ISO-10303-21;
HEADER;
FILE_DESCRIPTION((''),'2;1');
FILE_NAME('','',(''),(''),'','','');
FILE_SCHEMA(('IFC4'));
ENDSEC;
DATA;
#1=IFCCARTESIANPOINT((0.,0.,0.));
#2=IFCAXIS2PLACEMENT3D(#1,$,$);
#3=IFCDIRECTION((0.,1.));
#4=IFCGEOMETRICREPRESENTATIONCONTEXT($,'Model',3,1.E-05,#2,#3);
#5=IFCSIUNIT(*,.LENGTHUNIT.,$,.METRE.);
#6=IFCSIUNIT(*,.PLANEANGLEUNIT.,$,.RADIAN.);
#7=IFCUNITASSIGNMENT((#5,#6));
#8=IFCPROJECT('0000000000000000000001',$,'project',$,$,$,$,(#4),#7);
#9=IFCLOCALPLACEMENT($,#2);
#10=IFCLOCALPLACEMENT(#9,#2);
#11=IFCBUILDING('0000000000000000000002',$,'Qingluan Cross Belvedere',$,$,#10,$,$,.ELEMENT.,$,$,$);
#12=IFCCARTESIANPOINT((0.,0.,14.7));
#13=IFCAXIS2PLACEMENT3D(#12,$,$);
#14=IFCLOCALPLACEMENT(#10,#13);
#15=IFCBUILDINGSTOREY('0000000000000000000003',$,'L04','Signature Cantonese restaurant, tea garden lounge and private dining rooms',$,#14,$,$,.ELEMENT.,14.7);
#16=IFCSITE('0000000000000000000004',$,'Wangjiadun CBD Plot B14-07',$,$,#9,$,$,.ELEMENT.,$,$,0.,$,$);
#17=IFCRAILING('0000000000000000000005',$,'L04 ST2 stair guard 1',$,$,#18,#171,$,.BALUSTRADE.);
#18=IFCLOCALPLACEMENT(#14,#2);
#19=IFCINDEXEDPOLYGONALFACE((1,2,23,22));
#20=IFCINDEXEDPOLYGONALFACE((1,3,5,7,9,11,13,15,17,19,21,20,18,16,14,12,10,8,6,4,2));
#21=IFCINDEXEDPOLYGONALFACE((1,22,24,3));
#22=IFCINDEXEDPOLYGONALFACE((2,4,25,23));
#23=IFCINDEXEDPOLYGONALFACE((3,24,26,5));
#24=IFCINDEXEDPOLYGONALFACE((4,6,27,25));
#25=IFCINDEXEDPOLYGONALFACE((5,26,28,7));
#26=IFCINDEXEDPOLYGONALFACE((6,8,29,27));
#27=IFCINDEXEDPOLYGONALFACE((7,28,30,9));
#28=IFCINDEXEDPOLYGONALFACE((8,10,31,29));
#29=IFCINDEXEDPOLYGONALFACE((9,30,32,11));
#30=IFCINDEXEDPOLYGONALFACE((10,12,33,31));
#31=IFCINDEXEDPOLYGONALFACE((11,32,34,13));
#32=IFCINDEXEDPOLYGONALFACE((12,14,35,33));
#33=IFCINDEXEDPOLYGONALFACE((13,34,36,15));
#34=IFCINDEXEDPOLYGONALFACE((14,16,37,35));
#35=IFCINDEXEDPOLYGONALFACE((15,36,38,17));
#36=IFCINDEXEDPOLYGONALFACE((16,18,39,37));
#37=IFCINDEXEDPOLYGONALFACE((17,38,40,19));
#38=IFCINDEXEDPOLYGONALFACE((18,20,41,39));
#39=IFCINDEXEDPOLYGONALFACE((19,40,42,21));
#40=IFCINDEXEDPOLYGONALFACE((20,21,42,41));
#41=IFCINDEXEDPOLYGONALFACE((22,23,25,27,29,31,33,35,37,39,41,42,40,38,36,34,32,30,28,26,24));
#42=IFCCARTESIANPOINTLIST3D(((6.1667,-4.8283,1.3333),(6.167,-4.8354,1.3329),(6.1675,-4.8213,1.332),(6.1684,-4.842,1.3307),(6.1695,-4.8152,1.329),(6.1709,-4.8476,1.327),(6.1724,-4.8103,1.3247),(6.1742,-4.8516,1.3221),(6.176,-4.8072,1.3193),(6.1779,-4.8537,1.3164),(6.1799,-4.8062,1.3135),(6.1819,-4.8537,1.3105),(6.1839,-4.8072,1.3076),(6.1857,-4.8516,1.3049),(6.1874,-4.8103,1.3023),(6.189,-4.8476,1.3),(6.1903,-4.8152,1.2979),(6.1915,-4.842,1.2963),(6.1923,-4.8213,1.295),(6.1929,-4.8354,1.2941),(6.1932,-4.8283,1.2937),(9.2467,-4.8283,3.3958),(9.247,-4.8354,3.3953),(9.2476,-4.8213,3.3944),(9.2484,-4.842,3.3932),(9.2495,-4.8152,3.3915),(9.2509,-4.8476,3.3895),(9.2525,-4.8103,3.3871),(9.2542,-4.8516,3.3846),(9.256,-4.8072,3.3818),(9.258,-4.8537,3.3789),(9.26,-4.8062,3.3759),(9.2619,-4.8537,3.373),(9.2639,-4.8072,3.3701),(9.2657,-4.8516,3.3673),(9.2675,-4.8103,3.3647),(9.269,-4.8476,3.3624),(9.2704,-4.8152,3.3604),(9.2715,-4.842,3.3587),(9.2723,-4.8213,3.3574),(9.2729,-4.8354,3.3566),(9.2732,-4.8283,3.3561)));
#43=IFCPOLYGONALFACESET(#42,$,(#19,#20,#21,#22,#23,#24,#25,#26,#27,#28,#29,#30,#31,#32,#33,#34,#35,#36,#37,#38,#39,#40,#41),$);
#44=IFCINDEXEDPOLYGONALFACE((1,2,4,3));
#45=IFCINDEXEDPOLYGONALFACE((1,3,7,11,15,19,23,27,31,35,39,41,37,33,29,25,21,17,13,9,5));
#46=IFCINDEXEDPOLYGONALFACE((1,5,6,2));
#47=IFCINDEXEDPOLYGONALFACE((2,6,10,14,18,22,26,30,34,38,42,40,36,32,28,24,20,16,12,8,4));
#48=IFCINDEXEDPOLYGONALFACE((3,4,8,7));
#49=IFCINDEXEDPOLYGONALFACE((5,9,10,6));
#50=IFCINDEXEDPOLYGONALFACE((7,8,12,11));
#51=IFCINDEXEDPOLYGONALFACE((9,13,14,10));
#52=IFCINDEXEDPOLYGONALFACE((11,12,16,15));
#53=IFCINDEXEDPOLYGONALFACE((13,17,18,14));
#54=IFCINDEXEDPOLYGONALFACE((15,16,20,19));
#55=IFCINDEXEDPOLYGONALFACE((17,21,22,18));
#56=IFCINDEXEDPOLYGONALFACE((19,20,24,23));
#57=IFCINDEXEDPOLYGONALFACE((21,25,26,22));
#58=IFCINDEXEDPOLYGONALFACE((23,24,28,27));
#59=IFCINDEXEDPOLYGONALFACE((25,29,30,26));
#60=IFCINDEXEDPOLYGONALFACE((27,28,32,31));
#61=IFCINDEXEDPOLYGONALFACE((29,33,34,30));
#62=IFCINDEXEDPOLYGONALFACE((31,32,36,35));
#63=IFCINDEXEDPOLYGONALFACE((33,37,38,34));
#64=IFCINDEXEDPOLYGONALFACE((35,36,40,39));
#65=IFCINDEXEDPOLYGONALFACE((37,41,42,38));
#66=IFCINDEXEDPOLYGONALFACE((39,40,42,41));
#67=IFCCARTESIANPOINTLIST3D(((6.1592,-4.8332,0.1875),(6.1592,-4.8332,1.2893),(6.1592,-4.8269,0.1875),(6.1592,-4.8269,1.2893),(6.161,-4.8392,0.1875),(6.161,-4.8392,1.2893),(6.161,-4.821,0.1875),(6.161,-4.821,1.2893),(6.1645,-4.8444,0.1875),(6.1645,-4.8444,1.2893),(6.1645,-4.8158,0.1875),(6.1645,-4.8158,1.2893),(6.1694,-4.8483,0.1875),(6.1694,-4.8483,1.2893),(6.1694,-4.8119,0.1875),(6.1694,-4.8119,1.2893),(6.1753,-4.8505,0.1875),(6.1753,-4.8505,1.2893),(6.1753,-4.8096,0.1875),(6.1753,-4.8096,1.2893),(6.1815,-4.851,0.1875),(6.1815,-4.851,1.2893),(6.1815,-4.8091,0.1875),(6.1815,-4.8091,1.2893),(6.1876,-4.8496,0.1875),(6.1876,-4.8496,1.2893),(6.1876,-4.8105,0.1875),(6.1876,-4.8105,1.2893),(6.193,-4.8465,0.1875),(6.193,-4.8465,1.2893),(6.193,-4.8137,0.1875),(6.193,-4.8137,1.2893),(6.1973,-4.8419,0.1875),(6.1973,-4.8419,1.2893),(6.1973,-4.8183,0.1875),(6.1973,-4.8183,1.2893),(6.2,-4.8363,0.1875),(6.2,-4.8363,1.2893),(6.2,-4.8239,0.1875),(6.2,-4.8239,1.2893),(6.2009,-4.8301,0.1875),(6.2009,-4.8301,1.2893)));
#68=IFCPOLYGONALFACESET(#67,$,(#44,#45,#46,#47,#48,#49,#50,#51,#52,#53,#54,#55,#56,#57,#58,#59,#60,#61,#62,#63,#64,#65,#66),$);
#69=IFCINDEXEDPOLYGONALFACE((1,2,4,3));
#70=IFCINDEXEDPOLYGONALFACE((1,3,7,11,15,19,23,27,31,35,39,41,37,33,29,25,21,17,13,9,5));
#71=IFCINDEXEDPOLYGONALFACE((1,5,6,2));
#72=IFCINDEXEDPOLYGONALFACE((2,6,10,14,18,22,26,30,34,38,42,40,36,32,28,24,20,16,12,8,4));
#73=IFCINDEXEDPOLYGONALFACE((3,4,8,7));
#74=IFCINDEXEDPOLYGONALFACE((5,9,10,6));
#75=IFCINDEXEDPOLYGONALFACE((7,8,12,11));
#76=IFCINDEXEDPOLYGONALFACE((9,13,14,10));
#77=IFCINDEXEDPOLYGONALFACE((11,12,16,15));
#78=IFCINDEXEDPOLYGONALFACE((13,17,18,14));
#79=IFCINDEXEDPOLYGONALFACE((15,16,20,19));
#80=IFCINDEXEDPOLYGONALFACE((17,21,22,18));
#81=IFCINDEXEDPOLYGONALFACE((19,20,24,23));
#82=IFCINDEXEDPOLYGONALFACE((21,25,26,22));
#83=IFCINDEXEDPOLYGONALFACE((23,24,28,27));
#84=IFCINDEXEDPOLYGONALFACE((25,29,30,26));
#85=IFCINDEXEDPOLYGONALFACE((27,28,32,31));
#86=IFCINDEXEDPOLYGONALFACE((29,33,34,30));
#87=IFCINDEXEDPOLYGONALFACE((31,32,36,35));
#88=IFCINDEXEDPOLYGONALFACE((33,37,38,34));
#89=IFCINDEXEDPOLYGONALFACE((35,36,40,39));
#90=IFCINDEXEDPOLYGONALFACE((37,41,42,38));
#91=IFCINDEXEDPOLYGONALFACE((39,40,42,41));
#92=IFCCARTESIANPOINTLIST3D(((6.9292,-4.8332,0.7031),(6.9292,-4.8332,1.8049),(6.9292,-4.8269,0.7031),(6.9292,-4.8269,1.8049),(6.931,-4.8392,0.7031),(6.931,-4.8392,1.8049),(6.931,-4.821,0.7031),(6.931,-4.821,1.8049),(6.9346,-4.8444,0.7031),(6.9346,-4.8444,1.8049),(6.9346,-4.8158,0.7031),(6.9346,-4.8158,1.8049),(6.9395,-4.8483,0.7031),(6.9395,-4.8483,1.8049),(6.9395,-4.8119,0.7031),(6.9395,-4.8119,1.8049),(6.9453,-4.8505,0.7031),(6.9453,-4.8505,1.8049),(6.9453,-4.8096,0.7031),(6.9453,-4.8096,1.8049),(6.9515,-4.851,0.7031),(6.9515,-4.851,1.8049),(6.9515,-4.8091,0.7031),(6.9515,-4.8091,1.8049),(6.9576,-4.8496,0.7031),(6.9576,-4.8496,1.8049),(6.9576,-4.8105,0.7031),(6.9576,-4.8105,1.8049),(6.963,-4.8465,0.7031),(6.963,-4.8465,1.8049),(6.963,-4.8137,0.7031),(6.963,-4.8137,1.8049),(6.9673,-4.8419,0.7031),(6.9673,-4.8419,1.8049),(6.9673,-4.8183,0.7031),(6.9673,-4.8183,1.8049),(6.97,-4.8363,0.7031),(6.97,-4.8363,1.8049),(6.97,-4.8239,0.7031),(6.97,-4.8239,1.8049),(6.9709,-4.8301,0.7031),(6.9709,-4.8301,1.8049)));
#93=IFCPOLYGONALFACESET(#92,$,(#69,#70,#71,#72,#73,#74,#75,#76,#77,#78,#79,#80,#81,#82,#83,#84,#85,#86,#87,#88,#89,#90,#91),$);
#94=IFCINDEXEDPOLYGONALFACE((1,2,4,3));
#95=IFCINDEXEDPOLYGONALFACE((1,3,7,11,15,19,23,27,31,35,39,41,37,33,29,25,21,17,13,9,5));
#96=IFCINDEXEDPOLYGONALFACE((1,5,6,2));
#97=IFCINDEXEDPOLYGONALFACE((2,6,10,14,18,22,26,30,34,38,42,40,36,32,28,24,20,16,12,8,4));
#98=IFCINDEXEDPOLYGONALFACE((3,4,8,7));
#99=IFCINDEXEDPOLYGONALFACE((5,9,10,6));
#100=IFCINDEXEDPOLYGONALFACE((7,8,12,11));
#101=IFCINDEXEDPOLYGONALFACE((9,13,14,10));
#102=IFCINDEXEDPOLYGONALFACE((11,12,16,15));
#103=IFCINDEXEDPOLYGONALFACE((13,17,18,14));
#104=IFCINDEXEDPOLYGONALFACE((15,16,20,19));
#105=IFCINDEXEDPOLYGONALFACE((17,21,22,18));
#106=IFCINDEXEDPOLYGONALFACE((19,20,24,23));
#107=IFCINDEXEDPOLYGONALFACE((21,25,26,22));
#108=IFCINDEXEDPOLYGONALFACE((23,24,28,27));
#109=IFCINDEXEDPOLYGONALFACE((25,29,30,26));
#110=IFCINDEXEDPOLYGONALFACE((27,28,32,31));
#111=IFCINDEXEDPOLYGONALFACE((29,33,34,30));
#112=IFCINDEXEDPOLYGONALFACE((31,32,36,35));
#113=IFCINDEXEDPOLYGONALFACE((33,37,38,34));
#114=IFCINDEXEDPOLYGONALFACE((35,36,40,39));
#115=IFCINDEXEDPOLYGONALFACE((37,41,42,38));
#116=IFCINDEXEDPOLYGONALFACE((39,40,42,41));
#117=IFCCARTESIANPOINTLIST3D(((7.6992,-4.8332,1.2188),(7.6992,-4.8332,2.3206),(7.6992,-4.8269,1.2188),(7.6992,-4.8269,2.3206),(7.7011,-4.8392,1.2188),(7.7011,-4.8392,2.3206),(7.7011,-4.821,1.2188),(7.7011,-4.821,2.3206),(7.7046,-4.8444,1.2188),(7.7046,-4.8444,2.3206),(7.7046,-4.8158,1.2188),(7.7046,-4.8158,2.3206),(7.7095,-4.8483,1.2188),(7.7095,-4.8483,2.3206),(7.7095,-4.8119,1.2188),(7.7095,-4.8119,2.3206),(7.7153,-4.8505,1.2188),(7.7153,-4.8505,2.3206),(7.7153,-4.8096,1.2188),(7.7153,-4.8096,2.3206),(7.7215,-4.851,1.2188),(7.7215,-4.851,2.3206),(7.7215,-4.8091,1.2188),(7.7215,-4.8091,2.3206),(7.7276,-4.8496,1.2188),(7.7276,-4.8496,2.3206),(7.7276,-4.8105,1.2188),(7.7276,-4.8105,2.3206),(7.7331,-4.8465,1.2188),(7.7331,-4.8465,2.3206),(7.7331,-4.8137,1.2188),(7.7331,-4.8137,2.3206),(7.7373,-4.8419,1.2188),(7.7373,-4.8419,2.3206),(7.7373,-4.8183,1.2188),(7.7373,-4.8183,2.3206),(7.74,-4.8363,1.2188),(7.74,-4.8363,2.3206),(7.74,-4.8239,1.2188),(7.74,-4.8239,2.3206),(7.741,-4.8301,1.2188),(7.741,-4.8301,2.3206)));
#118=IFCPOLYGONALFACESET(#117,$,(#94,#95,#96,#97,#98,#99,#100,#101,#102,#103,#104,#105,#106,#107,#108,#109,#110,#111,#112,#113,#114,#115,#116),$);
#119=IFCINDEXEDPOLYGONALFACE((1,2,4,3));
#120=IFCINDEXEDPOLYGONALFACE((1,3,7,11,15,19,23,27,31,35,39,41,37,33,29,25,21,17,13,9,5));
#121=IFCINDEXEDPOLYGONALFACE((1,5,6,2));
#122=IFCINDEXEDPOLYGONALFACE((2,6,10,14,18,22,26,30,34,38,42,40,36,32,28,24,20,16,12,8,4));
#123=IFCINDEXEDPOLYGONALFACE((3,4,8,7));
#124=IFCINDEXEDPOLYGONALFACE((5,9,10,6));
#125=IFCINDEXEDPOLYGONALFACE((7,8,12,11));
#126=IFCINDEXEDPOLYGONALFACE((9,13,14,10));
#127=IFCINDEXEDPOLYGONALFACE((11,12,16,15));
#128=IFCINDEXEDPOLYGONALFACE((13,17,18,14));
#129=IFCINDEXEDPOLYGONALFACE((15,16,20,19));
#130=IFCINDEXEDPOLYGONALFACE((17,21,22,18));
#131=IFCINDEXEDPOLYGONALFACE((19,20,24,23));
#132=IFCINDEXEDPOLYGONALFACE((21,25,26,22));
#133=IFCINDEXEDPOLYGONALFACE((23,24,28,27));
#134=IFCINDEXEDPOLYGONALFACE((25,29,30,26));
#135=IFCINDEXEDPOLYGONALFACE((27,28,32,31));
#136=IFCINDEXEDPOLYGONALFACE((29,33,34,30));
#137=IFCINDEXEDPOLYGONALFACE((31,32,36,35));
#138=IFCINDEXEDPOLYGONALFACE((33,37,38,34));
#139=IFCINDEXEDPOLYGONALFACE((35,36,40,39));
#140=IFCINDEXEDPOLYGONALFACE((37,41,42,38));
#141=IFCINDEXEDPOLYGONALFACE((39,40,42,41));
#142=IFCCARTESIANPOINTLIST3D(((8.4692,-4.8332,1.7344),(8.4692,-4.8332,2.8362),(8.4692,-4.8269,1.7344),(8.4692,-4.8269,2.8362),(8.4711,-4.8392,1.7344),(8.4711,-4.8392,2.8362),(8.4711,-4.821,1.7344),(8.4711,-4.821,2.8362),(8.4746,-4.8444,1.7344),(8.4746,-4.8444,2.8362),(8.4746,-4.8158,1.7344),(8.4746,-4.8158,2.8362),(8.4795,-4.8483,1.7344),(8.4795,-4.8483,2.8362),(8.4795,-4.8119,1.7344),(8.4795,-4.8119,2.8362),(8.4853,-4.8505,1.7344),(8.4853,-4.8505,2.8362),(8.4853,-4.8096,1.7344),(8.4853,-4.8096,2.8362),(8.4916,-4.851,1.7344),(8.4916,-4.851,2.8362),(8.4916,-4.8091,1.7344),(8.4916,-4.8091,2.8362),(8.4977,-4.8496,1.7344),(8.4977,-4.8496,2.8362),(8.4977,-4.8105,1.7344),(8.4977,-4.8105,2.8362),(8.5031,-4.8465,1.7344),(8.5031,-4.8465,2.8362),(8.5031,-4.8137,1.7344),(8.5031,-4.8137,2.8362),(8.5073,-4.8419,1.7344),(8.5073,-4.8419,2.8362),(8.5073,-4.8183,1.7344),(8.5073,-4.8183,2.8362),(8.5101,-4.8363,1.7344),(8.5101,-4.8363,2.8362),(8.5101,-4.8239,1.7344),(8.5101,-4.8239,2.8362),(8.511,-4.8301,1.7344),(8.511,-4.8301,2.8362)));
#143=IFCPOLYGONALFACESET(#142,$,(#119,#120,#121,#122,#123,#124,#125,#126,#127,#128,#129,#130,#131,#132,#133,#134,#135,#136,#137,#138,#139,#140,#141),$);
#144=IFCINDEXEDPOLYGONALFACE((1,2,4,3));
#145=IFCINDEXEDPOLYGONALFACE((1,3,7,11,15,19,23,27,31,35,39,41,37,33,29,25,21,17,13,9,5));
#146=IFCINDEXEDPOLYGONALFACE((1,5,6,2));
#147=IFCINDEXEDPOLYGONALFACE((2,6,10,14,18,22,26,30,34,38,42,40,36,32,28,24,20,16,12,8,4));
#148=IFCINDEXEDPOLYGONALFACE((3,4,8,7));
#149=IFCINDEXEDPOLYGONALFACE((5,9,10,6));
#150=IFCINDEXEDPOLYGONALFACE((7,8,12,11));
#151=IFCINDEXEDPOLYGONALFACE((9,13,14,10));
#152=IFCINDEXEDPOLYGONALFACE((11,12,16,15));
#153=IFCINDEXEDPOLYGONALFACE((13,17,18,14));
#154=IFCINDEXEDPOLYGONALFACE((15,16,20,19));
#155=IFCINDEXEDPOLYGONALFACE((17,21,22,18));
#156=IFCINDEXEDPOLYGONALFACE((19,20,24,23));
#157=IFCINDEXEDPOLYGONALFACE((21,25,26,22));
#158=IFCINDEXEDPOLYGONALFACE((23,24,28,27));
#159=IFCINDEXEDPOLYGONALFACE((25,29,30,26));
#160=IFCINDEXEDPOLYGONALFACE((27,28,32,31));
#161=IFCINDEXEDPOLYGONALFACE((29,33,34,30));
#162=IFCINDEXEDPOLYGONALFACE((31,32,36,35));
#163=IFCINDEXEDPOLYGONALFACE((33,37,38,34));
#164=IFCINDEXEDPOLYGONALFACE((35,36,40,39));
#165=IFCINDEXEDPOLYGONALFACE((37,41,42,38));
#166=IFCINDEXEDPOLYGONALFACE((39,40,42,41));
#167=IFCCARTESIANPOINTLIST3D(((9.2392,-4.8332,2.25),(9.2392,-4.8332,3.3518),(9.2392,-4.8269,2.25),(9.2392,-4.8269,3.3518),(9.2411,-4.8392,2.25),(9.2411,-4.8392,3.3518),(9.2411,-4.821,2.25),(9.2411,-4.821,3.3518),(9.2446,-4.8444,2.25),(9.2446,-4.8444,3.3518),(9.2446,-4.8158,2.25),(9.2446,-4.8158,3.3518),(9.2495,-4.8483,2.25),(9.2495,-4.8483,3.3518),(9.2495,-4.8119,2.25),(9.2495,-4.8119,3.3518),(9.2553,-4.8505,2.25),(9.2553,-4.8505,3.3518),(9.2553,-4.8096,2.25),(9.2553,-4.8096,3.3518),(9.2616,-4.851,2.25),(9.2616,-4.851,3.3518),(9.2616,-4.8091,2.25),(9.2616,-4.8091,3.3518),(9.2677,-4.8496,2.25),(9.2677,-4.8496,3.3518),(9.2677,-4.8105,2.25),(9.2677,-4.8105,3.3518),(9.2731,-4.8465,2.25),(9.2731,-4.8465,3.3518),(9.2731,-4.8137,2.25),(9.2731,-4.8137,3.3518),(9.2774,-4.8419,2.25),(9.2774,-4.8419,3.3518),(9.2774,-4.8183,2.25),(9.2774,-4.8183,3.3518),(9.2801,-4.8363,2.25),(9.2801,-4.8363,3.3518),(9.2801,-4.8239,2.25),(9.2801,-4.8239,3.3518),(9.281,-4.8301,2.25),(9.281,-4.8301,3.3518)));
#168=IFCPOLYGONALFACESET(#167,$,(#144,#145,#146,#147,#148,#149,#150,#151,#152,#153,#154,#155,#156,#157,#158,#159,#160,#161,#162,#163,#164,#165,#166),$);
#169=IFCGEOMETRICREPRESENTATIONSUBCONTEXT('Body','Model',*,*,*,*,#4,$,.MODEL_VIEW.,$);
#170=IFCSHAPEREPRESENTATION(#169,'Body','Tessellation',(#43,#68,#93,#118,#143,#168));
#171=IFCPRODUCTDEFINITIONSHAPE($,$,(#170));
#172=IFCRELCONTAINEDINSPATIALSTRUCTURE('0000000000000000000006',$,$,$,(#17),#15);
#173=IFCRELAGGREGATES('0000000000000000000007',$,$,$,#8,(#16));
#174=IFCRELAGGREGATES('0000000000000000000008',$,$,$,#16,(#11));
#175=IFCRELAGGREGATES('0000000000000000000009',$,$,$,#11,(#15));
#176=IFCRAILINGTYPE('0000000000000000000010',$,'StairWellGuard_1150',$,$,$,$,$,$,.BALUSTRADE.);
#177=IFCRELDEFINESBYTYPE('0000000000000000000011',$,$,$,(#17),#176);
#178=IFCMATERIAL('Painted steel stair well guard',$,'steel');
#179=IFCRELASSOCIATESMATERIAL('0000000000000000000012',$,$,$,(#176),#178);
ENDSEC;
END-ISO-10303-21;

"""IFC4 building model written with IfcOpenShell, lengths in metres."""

from ifc_helpers import new_model, si_unit, direction, frame, origin, origin_2d, place, context, subcontext, project, spatial, circle, extrude, material, type_object, element, save


model = new_model("IFC4")

# Units and contexts
model_context = context("Model", 3, precision=1e-05, world=origin(), true_north=direction((0.0, 1.0)))
body_context = subcontext(model_context, "Body", "Model", "MODEL_VIEW")
ifc_project = project(units=[si_unit("LENGTHUNIT", "METRE"), si_unit("PLANEANGLEUNIT", "RADIAN")], contexts=[model_context])

# Site, building, storey
site_placement = place(None, origin())
site = spatial("IfcSite", under=ifc_project, at=site_placement, Name="Wangjiadun CBD Plot B14-07", CompositionType="ELEMENT", RefElevation=0.0)
building_placement = place(site_placement, origin())
building = spatial("IfcBuilding", under=site, at=building_placement, Name="Qingluan Cross Belvedere", CompositionType="ELEMENT")
storey_placement = place(building_placement, frame((0.0, 0.0, 14.7)))
storey = spatial("IfcBuildingStorey", under=building, at=storey_placement, Name="L04", Description="Signature Cantonese restaurant, tea garden lounge and private dining rooms", CompositionType="ELEMENT", Elevation=14.7)

# Railing
ifc_material_1 = material(Name="Painted steel stair well guard", Category="steel")
railing_type_1 = type_object("IfcRailingType", Name="StairWellGuard_1150", PredefinedType="BALUSTRADE", material=ifc_material_1)
railing_1_placement = place(storey_placement, frame((6.1799, -4.8301, 0.1875)))
element("IfcRailing", 1, at=railing_1_placement, inside=storey, type_object=railing_type_1, Name="L04 ST2 stair guard 1", PredefinedType="BALUSTRADE", context=body_context, shape_type="SweptSolid", body=[
    extrude(circle(Radius=0.0239, at=origin_2d()), frame((0.0, 0.0, 1.126), z_axis=(0.830914, 0.0, 0.556401), x_axis=(0.0, 1.0, 0.0)), (0.0, 0.0, 1.0), 3.7068),
    extrude(circle(Radius=0.021, at=origin_2d()), origin(), (0.0, 0.0, 1.0), 1.1018),
    extrude(circle(Radius=0.021, at=origin_2d()), frame((0.77, 0.0, 0.5156)), (0.0, 0.0, 1.0), 1.1018),
    extrude(circle(Radius=0.021, at=origin_2d()), frame((1.54, 0.0, 1.0312)), (0.0, 0.0, 1.0), 1.1018),
    extrude(circle(Radius=0.021, at=origin_2d()), frame((2.3101, 0.0, 1.5469)), (0.0, 0.0, 1.0), 1.1018),
    extrude(circle(Radius=0.021, at=origin_2d()), frame((3.0801, 0.0, 2.0625)), (0.0, 0.0, 1.0), 1.1018),
])

save(model, "model.ifc")
